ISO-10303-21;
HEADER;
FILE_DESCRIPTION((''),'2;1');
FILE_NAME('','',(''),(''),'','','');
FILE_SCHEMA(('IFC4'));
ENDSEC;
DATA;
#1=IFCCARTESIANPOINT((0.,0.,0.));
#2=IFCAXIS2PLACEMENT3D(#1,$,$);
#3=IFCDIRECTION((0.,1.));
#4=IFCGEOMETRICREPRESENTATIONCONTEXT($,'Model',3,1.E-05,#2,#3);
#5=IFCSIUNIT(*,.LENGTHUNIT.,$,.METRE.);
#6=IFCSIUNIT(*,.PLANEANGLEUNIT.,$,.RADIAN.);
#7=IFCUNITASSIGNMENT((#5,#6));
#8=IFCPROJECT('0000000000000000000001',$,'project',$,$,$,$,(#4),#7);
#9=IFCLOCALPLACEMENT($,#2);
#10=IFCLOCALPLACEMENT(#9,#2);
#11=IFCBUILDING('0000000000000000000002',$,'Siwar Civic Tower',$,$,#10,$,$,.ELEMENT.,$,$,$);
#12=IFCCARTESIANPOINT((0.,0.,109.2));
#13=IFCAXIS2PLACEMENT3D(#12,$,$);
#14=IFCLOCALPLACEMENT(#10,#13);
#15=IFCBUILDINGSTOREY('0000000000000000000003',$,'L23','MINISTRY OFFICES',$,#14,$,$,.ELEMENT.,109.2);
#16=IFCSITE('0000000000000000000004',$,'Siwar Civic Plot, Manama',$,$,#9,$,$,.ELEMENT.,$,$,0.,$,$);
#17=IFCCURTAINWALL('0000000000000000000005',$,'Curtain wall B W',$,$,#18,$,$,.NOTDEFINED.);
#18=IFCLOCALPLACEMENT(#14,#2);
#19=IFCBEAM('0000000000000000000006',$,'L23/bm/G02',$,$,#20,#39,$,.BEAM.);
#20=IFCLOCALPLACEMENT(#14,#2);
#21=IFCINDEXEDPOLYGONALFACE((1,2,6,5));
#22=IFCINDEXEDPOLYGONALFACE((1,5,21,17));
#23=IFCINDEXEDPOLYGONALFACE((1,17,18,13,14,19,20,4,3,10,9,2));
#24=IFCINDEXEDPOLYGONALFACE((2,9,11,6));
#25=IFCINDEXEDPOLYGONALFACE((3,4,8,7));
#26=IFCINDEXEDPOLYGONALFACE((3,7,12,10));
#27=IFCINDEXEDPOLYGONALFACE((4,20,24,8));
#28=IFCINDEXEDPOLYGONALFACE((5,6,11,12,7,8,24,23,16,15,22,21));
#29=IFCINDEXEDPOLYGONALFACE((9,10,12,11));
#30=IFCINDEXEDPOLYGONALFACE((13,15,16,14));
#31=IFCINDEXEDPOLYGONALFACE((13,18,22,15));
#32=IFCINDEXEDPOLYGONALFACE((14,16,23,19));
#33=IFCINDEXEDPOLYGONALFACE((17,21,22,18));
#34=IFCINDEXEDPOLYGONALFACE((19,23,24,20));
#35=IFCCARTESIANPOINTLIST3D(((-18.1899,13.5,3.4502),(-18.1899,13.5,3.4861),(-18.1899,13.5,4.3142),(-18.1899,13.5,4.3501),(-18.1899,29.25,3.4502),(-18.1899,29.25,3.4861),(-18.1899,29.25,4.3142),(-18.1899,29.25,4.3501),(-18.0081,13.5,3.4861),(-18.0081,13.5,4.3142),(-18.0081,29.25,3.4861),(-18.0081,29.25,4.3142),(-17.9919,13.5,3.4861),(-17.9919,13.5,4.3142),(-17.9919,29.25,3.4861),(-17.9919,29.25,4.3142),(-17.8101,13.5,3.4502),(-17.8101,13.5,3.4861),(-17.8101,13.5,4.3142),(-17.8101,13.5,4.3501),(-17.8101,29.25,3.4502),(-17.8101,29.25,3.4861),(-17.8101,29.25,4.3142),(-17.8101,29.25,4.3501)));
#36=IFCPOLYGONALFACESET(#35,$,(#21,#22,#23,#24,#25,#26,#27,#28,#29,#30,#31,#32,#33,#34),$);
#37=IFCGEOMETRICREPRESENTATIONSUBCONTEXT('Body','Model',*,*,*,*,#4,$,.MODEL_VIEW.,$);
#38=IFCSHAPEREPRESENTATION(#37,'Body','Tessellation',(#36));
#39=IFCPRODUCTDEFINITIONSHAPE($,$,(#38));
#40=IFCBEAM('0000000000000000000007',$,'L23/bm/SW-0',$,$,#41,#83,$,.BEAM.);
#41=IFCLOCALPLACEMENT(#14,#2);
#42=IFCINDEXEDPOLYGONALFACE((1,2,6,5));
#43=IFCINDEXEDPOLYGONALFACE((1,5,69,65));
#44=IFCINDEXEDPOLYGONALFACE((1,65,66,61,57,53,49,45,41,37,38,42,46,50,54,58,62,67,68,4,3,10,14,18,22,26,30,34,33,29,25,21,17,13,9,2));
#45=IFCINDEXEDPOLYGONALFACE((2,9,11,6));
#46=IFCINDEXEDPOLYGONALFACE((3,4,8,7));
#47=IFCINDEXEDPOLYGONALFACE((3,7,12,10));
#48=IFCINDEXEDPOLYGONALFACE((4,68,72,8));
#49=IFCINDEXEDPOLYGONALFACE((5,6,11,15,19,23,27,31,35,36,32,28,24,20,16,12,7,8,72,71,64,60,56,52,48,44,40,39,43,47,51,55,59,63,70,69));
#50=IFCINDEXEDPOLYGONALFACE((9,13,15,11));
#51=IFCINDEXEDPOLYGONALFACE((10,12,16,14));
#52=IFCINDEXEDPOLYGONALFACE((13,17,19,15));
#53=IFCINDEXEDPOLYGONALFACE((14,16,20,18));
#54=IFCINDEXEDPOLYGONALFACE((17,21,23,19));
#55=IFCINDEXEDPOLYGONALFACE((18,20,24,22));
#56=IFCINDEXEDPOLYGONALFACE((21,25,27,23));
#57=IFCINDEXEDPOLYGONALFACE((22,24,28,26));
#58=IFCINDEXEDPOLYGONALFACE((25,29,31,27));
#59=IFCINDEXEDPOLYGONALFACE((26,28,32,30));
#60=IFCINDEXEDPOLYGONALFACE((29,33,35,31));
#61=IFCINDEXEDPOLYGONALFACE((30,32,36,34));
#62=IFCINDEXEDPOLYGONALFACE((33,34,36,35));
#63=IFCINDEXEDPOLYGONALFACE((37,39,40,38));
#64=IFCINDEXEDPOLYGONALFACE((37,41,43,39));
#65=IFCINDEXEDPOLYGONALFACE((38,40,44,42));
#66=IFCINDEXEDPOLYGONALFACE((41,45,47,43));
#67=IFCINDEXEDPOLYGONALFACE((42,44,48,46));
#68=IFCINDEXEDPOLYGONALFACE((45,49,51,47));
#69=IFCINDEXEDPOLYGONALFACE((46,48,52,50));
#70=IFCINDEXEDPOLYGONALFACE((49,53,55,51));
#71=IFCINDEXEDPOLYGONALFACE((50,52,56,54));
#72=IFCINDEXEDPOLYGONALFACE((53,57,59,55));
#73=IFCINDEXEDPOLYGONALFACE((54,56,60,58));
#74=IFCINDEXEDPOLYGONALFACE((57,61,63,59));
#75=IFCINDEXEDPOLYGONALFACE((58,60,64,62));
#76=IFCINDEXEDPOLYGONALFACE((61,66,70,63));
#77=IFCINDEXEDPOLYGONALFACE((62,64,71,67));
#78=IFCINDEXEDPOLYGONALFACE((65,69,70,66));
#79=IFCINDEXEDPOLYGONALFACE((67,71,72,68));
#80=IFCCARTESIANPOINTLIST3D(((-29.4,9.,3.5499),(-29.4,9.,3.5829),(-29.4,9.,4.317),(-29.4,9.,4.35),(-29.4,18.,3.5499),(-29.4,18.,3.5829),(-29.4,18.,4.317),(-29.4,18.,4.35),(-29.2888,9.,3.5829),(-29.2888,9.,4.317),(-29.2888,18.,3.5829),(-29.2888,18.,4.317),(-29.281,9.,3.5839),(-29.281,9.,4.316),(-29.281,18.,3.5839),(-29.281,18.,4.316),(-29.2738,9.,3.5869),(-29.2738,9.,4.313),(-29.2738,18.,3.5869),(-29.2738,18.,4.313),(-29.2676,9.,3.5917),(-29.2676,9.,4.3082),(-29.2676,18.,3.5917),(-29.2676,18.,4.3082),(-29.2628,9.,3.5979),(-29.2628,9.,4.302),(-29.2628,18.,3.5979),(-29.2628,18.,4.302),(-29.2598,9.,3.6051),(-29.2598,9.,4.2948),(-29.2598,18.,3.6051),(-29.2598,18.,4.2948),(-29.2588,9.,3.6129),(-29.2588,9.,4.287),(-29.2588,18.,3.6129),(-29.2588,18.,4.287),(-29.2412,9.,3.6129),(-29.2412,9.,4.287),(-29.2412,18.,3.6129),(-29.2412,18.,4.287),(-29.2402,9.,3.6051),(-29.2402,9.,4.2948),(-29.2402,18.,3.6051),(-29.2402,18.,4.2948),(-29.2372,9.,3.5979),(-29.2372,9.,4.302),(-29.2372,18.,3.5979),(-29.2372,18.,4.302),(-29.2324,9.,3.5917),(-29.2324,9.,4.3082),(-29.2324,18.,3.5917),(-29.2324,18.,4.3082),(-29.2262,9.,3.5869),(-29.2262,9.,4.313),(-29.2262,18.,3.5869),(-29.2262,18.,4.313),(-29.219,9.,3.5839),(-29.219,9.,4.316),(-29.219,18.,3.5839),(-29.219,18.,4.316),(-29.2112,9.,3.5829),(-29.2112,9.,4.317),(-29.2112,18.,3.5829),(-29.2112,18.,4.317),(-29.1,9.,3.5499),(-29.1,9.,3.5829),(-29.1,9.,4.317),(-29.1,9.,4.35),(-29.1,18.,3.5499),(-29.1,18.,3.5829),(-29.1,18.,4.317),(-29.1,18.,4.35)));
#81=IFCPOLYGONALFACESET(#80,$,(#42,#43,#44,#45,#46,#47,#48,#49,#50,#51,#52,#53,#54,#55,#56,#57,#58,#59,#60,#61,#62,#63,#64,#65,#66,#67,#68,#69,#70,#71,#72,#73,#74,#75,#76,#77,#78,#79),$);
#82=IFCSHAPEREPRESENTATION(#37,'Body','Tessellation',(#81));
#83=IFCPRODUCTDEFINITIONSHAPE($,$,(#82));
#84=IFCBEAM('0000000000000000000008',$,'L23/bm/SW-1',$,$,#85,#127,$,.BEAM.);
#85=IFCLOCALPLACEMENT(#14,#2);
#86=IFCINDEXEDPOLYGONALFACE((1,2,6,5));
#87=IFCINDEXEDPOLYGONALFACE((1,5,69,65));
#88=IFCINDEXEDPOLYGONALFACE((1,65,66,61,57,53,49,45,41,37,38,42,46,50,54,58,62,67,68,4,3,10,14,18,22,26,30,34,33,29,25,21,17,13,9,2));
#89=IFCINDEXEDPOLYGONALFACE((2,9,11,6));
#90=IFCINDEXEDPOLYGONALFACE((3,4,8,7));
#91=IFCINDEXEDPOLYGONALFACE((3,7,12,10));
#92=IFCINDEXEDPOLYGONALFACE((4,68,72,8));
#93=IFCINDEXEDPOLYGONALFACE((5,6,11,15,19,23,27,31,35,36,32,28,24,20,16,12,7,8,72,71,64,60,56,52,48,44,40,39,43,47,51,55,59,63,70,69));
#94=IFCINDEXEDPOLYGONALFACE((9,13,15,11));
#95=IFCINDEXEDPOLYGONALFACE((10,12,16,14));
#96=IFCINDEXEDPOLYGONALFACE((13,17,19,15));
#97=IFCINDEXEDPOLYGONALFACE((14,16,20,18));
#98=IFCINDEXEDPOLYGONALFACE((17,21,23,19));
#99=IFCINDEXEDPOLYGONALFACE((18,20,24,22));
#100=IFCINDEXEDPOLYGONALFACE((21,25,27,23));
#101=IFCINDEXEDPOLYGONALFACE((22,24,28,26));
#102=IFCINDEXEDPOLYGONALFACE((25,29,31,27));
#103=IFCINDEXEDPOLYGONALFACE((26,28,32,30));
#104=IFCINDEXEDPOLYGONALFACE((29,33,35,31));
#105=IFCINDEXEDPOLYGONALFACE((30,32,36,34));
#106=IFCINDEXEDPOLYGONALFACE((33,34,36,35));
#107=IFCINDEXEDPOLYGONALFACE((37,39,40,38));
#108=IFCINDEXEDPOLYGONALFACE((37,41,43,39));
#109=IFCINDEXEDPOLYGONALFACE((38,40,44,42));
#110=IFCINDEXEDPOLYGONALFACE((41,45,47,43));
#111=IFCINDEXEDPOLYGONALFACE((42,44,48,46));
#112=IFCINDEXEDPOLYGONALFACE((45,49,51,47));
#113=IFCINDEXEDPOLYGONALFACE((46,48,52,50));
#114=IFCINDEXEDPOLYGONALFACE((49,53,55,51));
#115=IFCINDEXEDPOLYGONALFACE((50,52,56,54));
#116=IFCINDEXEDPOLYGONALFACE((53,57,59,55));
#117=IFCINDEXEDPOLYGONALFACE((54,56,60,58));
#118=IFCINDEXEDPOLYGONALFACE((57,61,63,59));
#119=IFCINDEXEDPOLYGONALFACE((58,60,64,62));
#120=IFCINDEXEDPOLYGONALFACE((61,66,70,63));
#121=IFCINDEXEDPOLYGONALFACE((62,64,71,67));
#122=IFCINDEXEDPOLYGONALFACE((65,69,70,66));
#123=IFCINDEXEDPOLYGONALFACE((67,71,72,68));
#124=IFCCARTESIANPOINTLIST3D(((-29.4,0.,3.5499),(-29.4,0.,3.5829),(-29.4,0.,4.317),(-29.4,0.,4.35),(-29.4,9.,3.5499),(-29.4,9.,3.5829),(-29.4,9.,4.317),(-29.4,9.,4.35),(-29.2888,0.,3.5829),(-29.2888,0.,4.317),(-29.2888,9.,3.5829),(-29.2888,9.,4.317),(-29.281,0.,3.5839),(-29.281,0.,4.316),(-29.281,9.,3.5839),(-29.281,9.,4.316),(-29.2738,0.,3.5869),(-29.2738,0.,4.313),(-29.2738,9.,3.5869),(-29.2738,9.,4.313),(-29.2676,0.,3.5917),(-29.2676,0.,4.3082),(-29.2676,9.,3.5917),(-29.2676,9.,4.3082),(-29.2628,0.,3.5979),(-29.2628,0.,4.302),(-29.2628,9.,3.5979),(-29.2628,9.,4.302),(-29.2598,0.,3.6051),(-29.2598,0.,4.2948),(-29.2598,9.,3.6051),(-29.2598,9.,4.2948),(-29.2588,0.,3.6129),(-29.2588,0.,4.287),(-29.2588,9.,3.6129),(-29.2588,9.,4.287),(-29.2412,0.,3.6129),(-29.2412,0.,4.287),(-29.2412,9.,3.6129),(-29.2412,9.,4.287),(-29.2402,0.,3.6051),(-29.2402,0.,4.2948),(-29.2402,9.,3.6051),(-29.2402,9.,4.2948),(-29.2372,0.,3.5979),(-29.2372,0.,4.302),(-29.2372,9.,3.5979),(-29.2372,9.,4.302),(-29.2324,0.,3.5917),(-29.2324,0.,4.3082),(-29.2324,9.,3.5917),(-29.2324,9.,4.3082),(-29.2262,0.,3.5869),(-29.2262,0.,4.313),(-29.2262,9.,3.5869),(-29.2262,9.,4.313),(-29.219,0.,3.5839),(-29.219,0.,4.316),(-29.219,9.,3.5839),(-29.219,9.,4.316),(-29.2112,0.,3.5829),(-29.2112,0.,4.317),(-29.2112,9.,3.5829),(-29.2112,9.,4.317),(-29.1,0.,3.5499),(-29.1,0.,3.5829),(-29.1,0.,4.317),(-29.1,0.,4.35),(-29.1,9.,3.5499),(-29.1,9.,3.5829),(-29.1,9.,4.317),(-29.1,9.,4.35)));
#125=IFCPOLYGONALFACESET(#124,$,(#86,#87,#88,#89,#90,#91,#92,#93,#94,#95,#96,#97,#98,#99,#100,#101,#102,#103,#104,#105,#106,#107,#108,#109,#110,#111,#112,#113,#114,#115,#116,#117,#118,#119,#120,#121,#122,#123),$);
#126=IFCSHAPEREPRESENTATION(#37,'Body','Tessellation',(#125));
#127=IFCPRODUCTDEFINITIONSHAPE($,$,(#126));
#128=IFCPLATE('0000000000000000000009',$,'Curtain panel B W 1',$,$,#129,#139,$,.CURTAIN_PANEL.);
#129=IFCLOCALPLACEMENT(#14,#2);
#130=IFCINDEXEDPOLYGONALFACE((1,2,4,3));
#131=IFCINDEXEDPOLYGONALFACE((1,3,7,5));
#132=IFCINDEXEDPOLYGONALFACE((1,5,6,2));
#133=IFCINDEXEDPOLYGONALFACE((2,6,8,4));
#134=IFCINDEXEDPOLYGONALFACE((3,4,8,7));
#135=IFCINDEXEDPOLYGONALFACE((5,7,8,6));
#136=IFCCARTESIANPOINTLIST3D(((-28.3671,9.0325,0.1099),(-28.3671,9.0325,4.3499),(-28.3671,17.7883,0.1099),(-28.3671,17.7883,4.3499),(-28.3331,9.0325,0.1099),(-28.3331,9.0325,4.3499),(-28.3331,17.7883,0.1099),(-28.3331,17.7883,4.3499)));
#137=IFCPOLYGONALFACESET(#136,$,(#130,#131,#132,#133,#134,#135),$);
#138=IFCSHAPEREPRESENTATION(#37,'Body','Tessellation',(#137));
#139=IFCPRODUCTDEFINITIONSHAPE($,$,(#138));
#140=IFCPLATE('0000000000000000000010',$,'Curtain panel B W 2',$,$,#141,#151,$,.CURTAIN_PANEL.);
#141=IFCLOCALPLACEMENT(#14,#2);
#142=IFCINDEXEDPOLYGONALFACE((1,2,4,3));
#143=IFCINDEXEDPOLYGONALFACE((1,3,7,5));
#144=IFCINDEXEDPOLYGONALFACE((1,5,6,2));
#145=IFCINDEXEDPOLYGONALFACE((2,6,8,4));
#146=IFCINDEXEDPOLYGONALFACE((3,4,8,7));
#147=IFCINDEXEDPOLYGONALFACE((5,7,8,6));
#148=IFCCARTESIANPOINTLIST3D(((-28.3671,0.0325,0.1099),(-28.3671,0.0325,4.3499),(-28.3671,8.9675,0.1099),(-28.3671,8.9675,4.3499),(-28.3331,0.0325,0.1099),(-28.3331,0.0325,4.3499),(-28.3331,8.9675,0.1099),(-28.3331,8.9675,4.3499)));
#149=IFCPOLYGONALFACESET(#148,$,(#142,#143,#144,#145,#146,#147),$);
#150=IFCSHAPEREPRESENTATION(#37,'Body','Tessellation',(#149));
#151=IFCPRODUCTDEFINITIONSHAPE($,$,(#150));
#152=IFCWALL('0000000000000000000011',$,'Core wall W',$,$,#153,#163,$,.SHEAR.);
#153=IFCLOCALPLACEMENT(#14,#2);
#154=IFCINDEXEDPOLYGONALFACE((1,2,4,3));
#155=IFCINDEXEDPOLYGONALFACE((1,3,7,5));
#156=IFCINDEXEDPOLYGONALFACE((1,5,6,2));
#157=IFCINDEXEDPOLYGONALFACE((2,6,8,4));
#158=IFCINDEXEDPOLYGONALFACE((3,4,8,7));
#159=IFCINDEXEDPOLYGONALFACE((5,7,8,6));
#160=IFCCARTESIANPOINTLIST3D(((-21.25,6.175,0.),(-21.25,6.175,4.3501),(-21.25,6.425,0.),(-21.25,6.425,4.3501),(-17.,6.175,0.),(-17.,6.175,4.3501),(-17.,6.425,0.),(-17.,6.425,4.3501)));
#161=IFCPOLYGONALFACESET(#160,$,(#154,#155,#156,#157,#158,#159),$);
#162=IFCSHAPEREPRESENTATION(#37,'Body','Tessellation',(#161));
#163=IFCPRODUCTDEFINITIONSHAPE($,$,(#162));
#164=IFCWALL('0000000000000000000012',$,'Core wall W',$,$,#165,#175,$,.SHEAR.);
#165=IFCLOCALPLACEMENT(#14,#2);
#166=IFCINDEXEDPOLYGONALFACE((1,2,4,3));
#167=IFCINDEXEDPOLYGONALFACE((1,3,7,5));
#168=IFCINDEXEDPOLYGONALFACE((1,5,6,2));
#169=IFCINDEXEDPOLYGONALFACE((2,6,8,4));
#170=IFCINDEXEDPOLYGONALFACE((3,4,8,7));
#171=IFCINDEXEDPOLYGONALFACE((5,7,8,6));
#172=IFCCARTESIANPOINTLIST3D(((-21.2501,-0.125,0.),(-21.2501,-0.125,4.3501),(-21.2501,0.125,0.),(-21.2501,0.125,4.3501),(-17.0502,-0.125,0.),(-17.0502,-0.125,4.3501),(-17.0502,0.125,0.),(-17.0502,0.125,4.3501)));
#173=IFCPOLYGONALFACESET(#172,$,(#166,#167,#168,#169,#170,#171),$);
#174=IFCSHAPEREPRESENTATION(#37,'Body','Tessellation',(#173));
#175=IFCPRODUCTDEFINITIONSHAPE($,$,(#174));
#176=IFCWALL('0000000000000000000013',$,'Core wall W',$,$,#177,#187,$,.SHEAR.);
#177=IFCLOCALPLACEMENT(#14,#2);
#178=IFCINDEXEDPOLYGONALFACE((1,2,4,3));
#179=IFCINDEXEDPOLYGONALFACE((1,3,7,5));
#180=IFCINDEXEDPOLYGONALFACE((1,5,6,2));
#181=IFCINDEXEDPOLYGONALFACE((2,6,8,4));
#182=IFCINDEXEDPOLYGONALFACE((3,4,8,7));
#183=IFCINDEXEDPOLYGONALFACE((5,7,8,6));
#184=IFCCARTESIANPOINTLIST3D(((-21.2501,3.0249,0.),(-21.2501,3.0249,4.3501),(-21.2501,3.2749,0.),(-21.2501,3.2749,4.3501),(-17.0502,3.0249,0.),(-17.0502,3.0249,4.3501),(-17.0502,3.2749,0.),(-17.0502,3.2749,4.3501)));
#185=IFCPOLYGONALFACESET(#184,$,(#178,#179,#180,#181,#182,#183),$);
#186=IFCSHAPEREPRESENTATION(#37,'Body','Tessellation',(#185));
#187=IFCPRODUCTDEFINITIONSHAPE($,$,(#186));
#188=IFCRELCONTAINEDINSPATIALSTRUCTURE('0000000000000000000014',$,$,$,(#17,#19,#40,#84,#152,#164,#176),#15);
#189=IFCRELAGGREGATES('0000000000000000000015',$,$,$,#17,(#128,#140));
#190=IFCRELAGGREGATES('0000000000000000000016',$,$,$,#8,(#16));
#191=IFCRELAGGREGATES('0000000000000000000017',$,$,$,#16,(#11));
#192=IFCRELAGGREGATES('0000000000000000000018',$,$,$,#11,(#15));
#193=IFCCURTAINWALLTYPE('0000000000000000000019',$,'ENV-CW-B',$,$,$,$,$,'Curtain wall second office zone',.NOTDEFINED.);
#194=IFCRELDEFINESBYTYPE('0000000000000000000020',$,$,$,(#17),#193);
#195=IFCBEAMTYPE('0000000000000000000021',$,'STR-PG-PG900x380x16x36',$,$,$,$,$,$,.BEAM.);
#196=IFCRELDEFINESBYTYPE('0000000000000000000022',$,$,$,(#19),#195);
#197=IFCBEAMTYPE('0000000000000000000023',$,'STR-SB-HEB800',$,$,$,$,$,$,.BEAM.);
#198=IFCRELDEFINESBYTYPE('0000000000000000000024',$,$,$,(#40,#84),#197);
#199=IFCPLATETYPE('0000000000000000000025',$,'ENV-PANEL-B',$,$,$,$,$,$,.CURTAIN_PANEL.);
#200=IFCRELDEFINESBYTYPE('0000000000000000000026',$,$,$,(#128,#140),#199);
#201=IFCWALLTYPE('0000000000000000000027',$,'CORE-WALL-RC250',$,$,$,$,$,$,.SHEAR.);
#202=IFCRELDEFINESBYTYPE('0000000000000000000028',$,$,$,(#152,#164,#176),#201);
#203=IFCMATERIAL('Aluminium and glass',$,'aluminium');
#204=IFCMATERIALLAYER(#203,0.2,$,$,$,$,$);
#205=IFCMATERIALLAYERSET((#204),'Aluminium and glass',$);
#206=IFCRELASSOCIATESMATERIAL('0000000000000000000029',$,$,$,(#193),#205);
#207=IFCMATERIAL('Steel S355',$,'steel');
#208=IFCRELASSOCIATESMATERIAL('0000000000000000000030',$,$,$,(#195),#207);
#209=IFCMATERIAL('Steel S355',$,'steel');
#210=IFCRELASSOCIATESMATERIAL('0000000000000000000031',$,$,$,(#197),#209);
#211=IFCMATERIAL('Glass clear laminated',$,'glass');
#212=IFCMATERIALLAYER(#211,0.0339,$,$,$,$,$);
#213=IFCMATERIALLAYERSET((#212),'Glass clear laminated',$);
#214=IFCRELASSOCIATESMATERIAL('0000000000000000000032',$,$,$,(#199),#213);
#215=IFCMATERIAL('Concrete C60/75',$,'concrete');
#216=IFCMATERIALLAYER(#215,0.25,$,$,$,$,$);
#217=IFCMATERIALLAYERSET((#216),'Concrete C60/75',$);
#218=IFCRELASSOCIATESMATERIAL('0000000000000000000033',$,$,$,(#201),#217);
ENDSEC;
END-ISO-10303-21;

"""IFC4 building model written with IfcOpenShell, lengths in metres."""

from ifc_helpers import new_model, si_unit, direction, frame, frame_2d, origin, origin_2d, place, context, subcontext, project, spatial, rectangle, i_section, extrude, material, layer, layer_set, material_profile, profile_set, type_object, element, aggregate, save


model = new_model("IFC4")

# Units and contexts
model_context = context("Model", 3, precision=1e-05, world=origin(), true_north=direction((0.0, 1.0)))
body_context = subcontext(model_context, "Body", "Model", "MODEL_VIEW")
ifc_project = project(units=[si_unit("LENGTHUNIT", "METRE"), si_unit("PLANEANGLEUNIT", "RADIAN")], contexts=[model_context])

# Site, building, storey
site_placement = place(None, origin())
site = spatial("IfcSite", under=ifc_project, at=site_placement, Name="Siwar Civic Plot, Manama", CompositionType="ELEMENT", RefElevation=0.0)
building_placement = place(site_placement, origin())
building = spatial("IfcBuilding", under=site, at=building_placement, Name="Siwar Civic Tower", CompositionType="ELEMENT")
storey_placement = place(building_placement, frame((0.0, 0.0, 109.2)))
storey = spatial("IfcBuildingStorey", under=building, at=storey_placement, Name="L23", Description="MINISTRY OFFICES", CompositionType="ELEMENT", Elevation=109.2)

# Curtain wall
ifc_material_1 = material(Name="Aluminium and glass", Category="aluminium")
ifc_layer_1 = layer(ifc_material_1, 0.2)
ifc_layer_set_1 = layer_set([ifc_layer_1], Name="Aluminium and glass")
curtain_wall_type = type_object("IfcCurtainWallType", Name="ENV-CW-B", ElementType="Curtain wall second office zone", PredefinedType="NOTDEFINED", material=ifc_layer_set_1)
curtain_wall_placement = place(storey_placement, origin())
curtain_wall = element("IfcCurtainWall", 1, at=curtain_wall_placement, inside=storey, type_object=curtain_wall_type, Name="Curtain wall B W", PredefinedType="NOTDEFINED")

# Beams
ifc_material_2 = material(Name="Steel S355", Category="steel")
ifc_material_profile_1 = material_profile(ifc_material_2, i_section(OverallWidth=0.3799, OverallDepth=0.8999, WebThickness=0.0161, FlangeThickness=0.0359, at=origin_2d()), Name="PG900x380x16x36")
ifc_profile_set_1 = profile_set([ifc_material_profile_1], Name="Steel S355")
beam_type_1 = type_object("IfcBeamType", Name="STR-PG-PG900x380x16x36", PredefinedType="BEAM", material=ifc_profile_set_1)
beam_1_placement = place(storey_placement, frame((-18.0, 13.5, 3.9001), z_axis=(0.0, 1.0, 0.0), x_axis=(-1.0, 0.0, 0.0)))
element("IfcBeam", 2, at=beam_1_placement, inside=storey, type_object=beam_type_1, Name="L23/bm/G02", PredefinedType="BEAM", context=body_context, shape_type="SweptSolid", body=[
    extrude(i_section(OverallWidth=0.3799, OverallDepth=0.8999, WebThickness=0.0161, FlangeThickness=0.0359, at=origin_2d()), origin(), (0.0, 0.0, 1.0), 15.75),
])
ifc_material_3 = material(Name="Steel S355", Category="steel")
ifc_material_profile_2 = material_profile(ifc_material_3, i_section(OverallWidth=0.3, OverallDepth=0.8, WebThickness=0.0176, FlangeThickness=0.033, FilletRadius=0.03, at=origin_2d()), Name="HEB800")
ifc_profile_set_2 = profile_set([ifc_material_profile_2], Name="Steel S355")
beam_type_2 = type_object("IfcBeamType", Name="STR-SB-HEB800", PredefinedType="BEAM", material=ifc_profile_set_2)
for number, where, z_axis, x_axis, name in (
    (3, (-29.25, 18.0, 3.95), (0.0, -1.0, 0.0), (1.0, 0.0, 0.0), "L23/bm/SW-0"),
    (4, (-29.25, 9.0, 3.95), (0.0, -1.0, 0.0), (1.0, 0.0, 0.0), "L23/bm/SW-1"),
):
    element("IfcBeam", number, at=place(storey_placement, frame(where, z_axis=z_axis, x_axis=x_axis)), inside=storey, type_object=beam_type_2, Name=name, PredefinedType="BEAM", context=body_context, shape_type="SweptSolid", body=[
        extrude(i_section(OverallWidth=0.3, OverallDepth=0.8, WebThickness=0.0176, FlangeThickness=0.033, FilletRadius=0.03, at=origin_2d()), origin(), (0.0, 0.0, 1.0), 9.0),
    ])

# Plates
ifc_material_4 = material(Name="Glass clear laminated", Category="glass")
ifc_layer_2 = layer(ifc_material_4, 0.0339)
ifc_layer_set_2 = layer_set([ifc_layer_2], Name="Glass clear laminated")
plate_type = type_object("IfcPlateType", Name="ENV-PANEL-B", PredefinedType="CURTAIN_PANEL", material=ifc_layer_set_2)
plate_1_placement = place(storey_placement, frame((-28.3501, 13.4104, 0.1099), z_axis=(0.0, 0.0, 1.0), x_axis=(0.0, -1.0, 0.0)))
plate_1 = element("IfcPlate", 5, at=plate_1_placement, type_object=plate_type, Name="Curtain panel B W 1", PredefinedType="CURTAIN_PANEL", context=body_context, shape_type="SweptSolid", body=[
    extrude(rectangle(XDim=8.7559, YDim=0.0339, at=origin_2d()), origin(), (0.0, 0.0, 1.0), 4.24),
])
plate_2_placement = place(storey_placement, frame((-28.3501, 4.5, 0.1099), z_axis=(0.0, 0.0, 1.0), x_axis=(0.0, -1.0, 0.0)))
plate_2 = element("IfcPlate", 6, at=plate_2_placement, type_object=plate_type, Name="Curtain panel B W 2", PredefinedType="CURTAIN_PANEL", context=body_context, shape_type="SweptSolid", body=[
    extrude(rectangle(XDim=8.9351, YDim=0.0339, at=origin_2d()), origin(), (0.0, 0.0, 1.0), 4.24),
])
aggregate(curtain_wall, [plate_1, plate_2])

# Walls
ifc_material_5 = material(Name="Concrete C60/75", Category="concrete")
ifc_layer_3 = layer(ifc_material_5, 0.25)
ifc_layer_set_3 = layer_set([ifc_layer_3], Name="Concrete C60/75")
wall_type_1 = type_object("IfcWallType", Name="CORE-WALL-RC250", PredefinedType="SHEAR", material=ifc_layer_set_3)
wall_1_placement = place(storey_placement, frame((-17.0, 6.3, 0.0), z_axis=(0.0, 0.0, 1.0), x_axis=(-1.0, 0.0, 0.0)))
element("IfcWall", 7, at=wall_1_placement, inside=storey, type_object=wall_type_1, Name="Core wall W", PredefinedType="SHEAR", context=body_context, shape_type="SweptSolid", body=[
    extrude(rectangle(XDim=4.25, YDim=0.25, at=frame_2d((2.125, 0.0))), origin(), (0.0, 0.0, 1.0), 4.3501),
])
for number, where, z_axis, x_axis, name in (
    (8, (-17.05, 0.0, 0.0), (0.0, 0.0, 1.0), (-1.0, 0.0, 0.0), "Core wall W"),
    (9, (-17.05, 3.1499, 0.0), (0.0, 0.0, 1.0), (-1.0, 0.0, 0.0), "Core wall W"),
):
    element("IfcWall", number, at=place(storey_placement, frame(where, z_axis=z_axis, x_axis=x_axis)), inside=storey, type_object=wall_type_1, Name=name, PredefinedType="SHEAR", context=body_context, shape_type="SweptSolid", body=[
        extrude(rectangle(XDim=4.2, YDim=0.25, at=frame_2d((2.1001, 0.0))), origin(), (0.0, 0.0, 1.0), 4.3501),
    ])

save(model, "model.ifc")
